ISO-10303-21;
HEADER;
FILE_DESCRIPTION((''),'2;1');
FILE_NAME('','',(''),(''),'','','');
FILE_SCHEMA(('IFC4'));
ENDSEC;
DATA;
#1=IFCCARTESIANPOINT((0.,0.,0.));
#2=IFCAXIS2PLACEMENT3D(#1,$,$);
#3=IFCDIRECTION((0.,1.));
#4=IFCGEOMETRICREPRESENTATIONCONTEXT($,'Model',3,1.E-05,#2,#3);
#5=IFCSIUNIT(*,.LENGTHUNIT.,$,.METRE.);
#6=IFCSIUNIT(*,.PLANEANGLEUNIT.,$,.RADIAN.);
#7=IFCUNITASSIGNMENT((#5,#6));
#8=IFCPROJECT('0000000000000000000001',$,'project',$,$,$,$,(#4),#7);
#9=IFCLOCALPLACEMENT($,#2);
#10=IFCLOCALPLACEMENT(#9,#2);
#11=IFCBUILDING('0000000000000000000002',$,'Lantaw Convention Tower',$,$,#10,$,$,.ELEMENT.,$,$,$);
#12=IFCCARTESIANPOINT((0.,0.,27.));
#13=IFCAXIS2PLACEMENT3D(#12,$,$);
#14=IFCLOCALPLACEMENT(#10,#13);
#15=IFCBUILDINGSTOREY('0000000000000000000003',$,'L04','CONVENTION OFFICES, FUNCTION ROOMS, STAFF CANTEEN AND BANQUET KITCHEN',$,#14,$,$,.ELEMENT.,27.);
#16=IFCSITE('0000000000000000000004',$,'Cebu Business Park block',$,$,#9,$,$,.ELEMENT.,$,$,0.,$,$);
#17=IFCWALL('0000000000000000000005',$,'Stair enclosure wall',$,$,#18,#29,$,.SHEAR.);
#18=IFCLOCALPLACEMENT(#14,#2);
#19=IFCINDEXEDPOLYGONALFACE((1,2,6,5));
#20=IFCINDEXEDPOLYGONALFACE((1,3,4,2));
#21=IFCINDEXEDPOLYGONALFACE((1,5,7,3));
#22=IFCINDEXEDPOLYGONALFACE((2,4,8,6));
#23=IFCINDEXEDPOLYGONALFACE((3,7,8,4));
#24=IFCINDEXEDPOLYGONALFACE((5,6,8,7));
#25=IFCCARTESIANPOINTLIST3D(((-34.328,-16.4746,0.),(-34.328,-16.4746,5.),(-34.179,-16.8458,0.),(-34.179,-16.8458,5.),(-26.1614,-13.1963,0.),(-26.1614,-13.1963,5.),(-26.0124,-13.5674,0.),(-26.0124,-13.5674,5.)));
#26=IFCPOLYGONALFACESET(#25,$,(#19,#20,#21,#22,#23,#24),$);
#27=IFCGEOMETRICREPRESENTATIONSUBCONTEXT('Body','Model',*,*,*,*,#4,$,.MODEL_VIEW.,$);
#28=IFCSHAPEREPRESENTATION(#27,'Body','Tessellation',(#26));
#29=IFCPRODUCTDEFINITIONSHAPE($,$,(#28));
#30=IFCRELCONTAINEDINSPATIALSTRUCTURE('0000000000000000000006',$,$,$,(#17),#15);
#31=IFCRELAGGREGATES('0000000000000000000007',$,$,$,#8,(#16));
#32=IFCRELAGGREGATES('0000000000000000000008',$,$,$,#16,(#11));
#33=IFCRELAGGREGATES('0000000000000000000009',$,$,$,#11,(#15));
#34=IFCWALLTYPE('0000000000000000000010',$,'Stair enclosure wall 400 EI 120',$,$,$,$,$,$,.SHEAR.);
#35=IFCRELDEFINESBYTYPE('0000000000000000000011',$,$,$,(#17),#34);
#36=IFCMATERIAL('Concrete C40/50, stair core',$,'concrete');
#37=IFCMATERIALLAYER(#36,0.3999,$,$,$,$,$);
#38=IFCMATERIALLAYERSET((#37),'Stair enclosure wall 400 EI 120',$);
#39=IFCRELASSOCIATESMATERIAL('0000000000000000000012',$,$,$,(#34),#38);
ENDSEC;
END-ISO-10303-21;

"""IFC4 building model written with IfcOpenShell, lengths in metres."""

from ifc_helpers import new_model, si_unit, direction, frame, frame_2d, origin, place, context, subcontext, project, spatial, rectangle, extrude, material, layer, layer_set, type_object, element, save


model = new_model("IFC4")

# Units and contexts
model_context = context("Model", 3, precision=1e-05, world=origin(), true_north=direction((0.0, 1.0)))
body_context = subcontext(model_context, "Body", "Model", "MODEL_VIEW")
ifc_project = project(units=[si_unit("LENGTHUNIT", "METRE"), si_unit("PLANEANGLEUNIT", "RADIAN")], contexts=[model_context])

# Site, building, storey
site_placement = place(None, origin())
site = spatial("IfcSite", under=ifc_project, at=site_placement, Name="Cebu Business Park block", CompositionType="ELEMENT", RefElevation=0.0)
building_placement = place(site_placement, origin())
building = spatial("IfcBuilding", under=site, at=building_placement, Name="Lantaw Convention Tower", CompositionType="ELEMENT")
storey_placement = place(building_placement, frame((0.0, 0.0, 27.0)))
storey = spatial("IfcBuildingStorey", under=building, at=storey_placement, Name="L04", Description="CONVENTION OFFICES, FUNCTION ROOMS, STAFF CANTEEN AND BANQUET KITCHEN", CompositionType="ELEMENT", Elevation=27.0)

# Shared definitions
ifc_material_1 = material(Name="Concrete C40/50, stair core", Category="concrete")
ifc_layer_1 = layer(ifc_material_1, 0.3999)
ifc_layer_set_1 = layer_set([ifc_layer_1], Name="Stair enclosure wall 400 EI 120")
wall_type_1 = type_object("IfcWallType", Name="Stair enclosure wall 400 EI 120", PredefinedType="SHEAR", material=ifc_layer_set_1)

# Wall
wall_1_placement = place(storey_placement, frame((-34.2534, -16.6602, 0.0), z_axis=(0.0, 0.0, 1.0), x_axis=(0.928017, 0.372538, 0.0)))
element("IfcWall", 1, at=wall_1_placement, inside=storey, type_object=wall_type_1, Name="Stair enclosure wall", PredefinedType="SHEAR", context=body_context, shape_type="SweptSolid", body=[
    extrude(rectangle(XDim=8.8, YDim=0.3999, at=frame_2d((4.3999, 0.0))), origin(), (0.0, 0.0, 1.0), 5.0),
])

save(model, "model.ifc")
